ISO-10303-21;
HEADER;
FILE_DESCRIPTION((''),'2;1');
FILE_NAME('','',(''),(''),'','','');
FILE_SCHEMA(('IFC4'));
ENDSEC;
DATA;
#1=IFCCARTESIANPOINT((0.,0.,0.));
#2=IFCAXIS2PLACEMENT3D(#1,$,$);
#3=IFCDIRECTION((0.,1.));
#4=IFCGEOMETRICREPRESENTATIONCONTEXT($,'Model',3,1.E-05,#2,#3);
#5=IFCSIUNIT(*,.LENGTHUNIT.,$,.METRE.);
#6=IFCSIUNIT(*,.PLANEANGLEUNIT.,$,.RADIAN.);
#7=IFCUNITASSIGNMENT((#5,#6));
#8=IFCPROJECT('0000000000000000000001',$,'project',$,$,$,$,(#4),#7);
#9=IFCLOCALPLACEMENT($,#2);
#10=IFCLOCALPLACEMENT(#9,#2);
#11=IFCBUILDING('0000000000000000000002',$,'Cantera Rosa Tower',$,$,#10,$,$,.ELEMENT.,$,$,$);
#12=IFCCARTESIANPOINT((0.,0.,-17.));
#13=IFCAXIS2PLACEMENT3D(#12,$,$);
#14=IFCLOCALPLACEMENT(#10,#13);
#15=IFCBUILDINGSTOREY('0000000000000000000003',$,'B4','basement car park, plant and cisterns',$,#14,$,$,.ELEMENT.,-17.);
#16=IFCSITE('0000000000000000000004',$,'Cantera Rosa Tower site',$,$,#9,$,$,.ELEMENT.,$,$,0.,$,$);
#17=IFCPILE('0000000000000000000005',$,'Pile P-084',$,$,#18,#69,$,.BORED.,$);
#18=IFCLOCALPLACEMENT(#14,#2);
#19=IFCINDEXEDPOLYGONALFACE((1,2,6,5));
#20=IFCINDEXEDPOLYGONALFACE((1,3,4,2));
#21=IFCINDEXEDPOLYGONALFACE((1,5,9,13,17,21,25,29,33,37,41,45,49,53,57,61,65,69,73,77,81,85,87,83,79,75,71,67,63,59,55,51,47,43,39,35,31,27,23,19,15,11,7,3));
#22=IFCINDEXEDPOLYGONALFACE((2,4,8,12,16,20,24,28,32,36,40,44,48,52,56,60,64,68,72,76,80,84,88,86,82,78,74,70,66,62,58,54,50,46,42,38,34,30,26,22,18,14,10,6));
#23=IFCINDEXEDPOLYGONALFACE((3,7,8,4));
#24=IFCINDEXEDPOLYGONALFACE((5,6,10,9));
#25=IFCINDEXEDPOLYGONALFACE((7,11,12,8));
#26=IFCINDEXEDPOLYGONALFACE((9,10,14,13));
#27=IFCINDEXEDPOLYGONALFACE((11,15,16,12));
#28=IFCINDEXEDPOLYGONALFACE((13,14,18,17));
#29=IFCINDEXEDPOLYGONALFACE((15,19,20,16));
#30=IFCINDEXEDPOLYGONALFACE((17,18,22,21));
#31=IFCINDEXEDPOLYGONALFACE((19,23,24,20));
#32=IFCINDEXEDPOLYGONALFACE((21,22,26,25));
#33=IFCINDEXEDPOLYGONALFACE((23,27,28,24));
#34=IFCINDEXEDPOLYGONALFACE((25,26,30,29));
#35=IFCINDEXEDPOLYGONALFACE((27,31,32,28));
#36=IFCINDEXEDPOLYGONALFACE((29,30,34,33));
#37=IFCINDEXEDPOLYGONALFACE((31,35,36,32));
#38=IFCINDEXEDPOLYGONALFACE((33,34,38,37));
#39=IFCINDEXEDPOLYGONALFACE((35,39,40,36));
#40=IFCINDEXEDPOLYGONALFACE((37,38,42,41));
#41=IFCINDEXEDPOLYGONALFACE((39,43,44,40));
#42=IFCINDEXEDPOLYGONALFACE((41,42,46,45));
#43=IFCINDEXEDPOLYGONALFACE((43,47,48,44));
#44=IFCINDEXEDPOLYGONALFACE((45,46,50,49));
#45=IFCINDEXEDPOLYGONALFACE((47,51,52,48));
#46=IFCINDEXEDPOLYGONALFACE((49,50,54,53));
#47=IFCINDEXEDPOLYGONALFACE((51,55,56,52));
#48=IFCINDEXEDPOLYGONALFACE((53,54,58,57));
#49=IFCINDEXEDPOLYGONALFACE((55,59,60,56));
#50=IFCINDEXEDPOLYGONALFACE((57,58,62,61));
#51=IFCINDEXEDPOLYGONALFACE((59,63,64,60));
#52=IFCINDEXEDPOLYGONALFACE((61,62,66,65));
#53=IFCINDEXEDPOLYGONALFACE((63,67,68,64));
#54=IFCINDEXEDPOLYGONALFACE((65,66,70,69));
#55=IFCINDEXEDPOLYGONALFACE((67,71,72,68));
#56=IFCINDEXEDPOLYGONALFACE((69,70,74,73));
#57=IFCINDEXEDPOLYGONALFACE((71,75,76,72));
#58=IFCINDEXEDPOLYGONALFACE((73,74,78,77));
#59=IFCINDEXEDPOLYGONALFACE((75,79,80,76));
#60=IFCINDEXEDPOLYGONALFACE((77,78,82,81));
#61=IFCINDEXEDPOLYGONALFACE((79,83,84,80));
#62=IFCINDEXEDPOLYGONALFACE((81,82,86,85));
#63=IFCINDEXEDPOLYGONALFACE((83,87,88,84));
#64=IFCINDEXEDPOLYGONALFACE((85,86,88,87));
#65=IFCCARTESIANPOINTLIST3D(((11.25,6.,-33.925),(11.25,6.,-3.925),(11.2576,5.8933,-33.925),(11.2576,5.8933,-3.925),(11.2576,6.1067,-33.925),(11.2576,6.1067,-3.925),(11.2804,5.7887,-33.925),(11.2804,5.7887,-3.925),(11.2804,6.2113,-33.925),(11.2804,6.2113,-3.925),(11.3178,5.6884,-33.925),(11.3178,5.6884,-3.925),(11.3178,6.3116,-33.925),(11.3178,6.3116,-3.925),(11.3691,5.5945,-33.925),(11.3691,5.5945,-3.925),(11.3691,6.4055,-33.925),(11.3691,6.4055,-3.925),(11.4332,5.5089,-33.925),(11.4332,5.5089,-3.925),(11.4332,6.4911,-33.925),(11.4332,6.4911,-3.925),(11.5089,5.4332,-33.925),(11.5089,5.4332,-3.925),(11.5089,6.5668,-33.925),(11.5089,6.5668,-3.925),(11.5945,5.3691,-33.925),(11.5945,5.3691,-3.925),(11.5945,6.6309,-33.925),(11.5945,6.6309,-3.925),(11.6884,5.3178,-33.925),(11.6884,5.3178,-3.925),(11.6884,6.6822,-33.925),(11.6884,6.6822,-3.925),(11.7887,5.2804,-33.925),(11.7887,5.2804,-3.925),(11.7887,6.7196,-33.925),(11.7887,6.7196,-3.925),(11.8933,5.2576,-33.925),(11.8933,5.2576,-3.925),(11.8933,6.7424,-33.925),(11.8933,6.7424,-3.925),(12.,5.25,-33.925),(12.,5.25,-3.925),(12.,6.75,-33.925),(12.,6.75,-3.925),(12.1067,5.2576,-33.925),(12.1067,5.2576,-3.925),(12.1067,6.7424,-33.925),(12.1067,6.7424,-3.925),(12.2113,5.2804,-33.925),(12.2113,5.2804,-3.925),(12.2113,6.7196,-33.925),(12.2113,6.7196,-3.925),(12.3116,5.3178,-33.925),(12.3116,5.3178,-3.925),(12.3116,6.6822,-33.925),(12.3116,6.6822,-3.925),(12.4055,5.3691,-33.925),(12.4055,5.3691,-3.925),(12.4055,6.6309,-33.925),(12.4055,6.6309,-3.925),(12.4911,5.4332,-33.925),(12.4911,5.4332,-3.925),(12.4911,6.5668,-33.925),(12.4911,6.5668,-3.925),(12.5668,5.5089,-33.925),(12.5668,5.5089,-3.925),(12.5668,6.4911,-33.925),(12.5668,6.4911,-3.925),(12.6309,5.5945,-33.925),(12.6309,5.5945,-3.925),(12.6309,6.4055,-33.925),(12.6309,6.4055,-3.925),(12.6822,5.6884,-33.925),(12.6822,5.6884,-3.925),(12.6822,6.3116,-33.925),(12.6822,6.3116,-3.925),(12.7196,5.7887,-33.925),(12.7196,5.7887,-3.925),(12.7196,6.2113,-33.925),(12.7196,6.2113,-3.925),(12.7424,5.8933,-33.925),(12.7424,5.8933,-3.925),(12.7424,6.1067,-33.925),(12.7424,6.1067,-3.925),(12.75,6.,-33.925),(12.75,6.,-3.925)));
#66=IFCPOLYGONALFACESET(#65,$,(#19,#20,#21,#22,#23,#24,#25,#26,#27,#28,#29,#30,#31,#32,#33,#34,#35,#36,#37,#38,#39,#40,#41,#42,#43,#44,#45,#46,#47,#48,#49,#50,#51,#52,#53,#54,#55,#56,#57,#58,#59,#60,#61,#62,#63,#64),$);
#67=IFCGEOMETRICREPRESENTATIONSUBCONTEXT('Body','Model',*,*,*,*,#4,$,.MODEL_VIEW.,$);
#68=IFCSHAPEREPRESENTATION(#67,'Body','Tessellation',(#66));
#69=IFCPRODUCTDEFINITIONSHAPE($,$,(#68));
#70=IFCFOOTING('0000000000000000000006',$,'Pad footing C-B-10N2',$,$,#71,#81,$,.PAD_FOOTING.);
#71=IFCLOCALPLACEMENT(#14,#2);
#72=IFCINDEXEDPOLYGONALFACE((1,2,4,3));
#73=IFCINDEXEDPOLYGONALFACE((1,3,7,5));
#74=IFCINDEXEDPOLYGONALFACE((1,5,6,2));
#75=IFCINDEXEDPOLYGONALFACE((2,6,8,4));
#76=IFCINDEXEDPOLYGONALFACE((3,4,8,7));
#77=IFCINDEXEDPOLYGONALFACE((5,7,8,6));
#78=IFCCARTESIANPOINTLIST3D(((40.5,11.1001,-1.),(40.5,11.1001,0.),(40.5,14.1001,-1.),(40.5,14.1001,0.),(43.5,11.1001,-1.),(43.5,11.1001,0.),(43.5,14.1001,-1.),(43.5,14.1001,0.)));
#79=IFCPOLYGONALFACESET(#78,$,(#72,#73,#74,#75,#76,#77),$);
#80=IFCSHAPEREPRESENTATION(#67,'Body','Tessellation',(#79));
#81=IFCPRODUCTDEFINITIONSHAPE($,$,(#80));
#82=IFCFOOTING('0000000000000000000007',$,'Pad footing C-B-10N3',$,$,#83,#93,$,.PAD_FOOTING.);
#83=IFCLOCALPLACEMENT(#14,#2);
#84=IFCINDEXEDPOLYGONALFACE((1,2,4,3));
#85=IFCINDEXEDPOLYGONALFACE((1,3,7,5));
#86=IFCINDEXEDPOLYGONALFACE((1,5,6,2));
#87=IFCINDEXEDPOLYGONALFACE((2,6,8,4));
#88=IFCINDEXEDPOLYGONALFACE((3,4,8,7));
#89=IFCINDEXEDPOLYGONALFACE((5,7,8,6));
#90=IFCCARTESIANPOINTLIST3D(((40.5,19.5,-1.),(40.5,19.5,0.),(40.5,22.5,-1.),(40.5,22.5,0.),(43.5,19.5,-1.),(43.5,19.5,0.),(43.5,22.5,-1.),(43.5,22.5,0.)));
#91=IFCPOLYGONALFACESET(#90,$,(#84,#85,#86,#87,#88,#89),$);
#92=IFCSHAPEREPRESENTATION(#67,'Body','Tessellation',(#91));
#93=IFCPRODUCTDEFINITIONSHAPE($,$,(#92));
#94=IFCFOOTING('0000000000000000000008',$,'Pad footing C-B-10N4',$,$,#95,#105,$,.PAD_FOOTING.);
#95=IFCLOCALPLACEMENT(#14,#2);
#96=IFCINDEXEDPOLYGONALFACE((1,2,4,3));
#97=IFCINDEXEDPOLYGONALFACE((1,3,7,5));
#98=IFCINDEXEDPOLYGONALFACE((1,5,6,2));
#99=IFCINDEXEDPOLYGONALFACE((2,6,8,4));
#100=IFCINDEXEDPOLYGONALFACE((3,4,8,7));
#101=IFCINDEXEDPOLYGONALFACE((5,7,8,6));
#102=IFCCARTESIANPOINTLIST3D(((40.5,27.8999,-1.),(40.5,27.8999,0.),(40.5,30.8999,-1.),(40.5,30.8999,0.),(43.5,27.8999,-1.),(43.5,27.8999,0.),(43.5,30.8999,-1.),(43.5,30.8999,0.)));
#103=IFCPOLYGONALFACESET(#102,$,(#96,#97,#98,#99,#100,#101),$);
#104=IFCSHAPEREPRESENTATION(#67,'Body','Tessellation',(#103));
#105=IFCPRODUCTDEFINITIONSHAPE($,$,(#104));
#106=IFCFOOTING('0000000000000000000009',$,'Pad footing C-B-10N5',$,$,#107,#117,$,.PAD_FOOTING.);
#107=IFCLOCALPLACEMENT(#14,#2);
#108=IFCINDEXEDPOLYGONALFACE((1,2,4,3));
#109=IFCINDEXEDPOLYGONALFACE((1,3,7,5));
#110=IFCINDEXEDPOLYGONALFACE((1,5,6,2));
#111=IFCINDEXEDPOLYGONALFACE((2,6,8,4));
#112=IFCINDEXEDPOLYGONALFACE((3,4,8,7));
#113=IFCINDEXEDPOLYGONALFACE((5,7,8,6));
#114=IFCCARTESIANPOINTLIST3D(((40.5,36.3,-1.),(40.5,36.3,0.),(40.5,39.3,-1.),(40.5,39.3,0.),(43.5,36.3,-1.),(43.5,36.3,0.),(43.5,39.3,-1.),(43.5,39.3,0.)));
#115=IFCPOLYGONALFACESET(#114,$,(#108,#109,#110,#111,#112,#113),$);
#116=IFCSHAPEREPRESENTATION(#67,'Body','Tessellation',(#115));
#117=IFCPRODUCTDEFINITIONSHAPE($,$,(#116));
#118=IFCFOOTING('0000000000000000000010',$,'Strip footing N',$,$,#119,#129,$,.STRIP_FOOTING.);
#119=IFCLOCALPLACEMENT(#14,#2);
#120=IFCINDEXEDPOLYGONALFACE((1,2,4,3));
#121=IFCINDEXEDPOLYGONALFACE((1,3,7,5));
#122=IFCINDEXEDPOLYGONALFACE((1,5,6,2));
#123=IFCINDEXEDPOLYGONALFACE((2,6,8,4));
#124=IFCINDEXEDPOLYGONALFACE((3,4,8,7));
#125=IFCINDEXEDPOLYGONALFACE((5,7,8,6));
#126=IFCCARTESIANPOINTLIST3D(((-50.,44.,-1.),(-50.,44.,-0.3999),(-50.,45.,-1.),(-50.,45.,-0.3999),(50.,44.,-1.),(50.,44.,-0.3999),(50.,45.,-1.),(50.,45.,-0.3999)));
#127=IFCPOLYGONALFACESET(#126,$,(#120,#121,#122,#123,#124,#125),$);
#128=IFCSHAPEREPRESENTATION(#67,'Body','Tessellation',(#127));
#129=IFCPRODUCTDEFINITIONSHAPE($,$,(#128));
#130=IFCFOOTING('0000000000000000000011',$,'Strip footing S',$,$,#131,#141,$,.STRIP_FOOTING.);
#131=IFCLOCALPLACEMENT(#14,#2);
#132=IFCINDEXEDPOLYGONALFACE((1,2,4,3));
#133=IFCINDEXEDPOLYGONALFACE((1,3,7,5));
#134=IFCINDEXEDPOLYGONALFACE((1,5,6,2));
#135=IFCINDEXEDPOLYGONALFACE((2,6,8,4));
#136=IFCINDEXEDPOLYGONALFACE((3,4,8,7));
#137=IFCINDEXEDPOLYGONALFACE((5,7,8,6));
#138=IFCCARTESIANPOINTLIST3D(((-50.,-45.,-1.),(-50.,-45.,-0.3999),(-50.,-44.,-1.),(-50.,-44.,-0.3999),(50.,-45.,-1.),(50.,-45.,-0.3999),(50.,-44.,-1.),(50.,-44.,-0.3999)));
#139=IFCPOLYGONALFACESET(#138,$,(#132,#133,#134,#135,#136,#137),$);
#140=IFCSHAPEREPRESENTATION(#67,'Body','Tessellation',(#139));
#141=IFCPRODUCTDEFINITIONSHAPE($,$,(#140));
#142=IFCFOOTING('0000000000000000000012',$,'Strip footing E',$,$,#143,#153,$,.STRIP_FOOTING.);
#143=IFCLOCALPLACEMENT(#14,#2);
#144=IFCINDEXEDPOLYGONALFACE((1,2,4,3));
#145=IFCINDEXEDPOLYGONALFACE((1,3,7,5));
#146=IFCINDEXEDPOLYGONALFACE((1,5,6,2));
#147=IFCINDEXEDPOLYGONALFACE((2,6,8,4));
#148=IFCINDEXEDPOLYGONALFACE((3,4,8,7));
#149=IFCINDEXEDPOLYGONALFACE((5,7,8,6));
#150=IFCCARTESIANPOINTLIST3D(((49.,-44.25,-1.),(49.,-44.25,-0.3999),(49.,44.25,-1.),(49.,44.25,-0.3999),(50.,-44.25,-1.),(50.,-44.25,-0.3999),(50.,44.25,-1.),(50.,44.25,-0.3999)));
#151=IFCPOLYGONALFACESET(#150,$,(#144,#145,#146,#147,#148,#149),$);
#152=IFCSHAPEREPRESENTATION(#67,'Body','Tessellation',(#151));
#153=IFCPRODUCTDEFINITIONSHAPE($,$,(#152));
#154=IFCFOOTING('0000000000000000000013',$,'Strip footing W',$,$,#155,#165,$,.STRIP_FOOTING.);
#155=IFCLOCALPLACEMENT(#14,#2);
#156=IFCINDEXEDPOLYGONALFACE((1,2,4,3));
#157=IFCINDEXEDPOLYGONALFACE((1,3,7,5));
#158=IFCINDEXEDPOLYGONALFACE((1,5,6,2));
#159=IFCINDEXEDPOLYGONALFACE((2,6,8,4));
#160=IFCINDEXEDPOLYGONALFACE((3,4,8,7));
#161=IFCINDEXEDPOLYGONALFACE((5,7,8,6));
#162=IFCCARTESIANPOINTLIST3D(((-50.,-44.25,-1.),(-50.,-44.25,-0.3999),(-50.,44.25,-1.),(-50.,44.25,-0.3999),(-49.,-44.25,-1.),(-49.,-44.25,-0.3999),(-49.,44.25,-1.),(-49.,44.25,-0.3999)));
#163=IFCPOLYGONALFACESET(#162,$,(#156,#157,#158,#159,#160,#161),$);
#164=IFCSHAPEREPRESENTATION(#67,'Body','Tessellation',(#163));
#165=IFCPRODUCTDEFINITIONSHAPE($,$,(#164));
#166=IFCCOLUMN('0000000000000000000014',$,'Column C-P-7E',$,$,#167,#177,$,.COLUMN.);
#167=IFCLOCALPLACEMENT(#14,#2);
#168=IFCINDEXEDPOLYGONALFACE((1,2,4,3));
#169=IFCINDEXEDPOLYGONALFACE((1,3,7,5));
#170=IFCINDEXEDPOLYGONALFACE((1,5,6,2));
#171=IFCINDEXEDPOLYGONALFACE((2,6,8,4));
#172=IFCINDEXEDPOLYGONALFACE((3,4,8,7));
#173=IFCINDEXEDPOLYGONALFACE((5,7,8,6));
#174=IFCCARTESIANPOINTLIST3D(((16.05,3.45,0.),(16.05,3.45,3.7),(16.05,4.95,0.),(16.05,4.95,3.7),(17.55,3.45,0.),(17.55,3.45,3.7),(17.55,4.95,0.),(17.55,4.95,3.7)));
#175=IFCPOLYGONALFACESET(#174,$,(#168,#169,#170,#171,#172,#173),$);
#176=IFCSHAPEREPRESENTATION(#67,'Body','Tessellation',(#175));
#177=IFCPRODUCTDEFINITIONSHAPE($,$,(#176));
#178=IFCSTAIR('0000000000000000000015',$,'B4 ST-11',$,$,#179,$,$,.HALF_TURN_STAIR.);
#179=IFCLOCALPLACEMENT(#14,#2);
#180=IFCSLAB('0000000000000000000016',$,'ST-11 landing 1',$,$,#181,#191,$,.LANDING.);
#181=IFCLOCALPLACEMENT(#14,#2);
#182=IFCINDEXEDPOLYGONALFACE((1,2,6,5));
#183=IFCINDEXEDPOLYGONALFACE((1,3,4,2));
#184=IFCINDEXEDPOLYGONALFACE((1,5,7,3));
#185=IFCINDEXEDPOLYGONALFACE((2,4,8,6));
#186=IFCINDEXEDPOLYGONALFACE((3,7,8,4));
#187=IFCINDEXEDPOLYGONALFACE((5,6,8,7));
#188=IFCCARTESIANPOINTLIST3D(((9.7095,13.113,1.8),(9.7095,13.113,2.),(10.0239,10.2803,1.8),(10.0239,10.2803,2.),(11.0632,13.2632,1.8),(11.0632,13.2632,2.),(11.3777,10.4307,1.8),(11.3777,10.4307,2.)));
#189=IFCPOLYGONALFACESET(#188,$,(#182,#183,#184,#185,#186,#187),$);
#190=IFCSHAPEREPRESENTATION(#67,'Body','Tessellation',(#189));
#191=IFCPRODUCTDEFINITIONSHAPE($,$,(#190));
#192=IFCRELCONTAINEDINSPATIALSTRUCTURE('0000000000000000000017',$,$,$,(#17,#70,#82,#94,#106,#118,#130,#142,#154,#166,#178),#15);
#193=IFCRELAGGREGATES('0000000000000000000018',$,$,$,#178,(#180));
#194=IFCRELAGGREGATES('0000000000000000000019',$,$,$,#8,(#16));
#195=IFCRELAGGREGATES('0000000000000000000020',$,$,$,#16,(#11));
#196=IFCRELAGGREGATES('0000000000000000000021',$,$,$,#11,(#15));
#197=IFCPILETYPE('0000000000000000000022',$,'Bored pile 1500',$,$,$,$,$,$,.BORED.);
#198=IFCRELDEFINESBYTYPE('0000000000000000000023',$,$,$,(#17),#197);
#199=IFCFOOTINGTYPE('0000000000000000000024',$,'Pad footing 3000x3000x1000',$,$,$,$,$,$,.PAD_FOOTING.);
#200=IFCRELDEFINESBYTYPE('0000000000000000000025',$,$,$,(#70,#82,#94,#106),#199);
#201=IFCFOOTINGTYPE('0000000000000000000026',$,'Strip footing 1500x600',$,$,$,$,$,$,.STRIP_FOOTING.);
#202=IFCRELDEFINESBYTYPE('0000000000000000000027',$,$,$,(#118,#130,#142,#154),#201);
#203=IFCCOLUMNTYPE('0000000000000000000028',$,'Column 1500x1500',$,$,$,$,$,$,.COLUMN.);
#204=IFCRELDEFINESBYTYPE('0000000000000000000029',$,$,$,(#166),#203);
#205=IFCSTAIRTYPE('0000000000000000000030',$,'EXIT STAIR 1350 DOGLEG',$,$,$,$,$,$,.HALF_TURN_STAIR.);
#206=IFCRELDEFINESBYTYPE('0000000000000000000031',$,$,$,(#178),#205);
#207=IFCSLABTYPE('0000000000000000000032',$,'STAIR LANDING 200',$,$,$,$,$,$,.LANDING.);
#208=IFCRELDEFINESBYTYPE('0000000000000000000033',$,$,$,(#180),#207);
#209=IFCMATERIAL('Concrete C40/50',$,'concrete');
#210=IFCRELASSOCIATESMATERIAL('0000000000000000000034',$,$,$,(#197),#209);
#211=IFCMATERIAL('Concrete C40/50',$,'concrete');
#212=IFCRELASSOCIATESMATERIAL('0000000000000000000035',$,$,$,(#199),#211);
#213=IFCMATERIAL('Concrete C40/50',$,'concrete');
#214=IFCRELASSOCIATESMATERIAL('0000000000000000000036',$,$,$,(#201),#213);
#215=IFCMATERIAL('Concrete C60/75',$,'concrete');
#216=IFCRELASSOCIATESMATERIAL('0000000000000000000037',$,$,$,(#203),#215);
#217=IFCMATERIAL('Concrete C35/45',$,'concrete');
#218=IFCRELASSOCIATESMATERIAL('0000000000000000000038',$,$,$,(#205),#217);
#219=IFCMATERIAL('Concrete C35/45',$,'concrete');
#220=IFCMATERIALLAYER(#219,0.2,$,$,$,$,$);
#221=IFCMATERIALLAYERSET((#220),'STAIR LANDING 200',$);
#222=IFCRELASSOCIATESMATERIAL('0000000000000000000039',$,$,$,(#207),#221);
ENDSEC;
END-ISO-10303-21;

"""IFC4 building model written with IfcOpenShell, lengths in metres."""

from ifc_helpers import new_model, si_unit, direction, frame, origin, origin_2d, place, context, subcontext, project, spatial, polyline, rectangle, circle, outline, extrude, material, layer, layer_set, material_profile, profile_set, type_object, element, aggregate, save


model = new_model("IFC4")

# Units and contexts
model_context = context("Model", 3, precision=1e-05, world=origin(), true_north=direction((0.0, 1.0)))
body_context = subcontext(model_context, "Body", "Model", "MODEL_VIEW")
ifc_project = project(units=[si_unit("LENGTHUNIT", "METRE"), si_unit("PLANEANGLEUNIT", "RADIAN")], contexts=[model_context])

# Site, building, storey
site_placement = place(None, origin())
site = spatial("IfcSite", under=ifc_project, at=site_placement, Name="Cantera Rosa Tower site", CompositionType="ELEMENT", RefElevation=0.0)
building_placement = place(site_placement, origin())
building = spatial("IfcBuilding", under=site, at=building_placement, Name="Cantera Rosa Tower", CompositionType="ELEMENT")
storey_placement = place(building_placement, frame((0.0, 0.0, -17.0)))
storey = spatial("IfcBuildingStorey", under=building, at=storey_placement, Name="B4", Description="basement car park, plant and cisterns", CompositionType="ELEMENT", Elevation=-17.0)

# Pile
ifc_material_1 = material(Name="Concrete C40/50", Category="concrete")
ifc_material_profile_1 = material_profile(ifc_material_1, circle(Radius=0.75, at=origin_2d()), Name="Bored pile 1500")
ifc_profile_set_1 = profile_set([ifc_material_profile_1], Name="Concrete C40/50")
pile_type = type_object("IfcPileType", Name="Bored pile 1500", PredefinedType="BORED", material=ifc_profile_set_1)
for number, where, z_axis, x_axis, name in (
    (1, (12.0, 6.0, -3.925), (0.0, 0.0, -1.0), (1.0, 0.0, 0.0), "Pile P-084"),
):
    element("IfcPile", number, at=place(storey_placement, frame(where, z_axis=z_axis, x_axis=x_axis)), inside=storey, type_object=pile_type, Name=name, PredefinedType="BORED", context=body_context, shape_type="SweptSolid", body=[
        extrude(circle(Radius=0.75, at=origin_2d()), origin(), (0.0, 0.0, 1.0), 30.0),
    ])

# Footings
ifc_material_2 = material(Name="Concrete C40/50", Category="concrete")
footing_type_1 = type_object("IfcFootingType", Name="Pad footing 3000x3000x1000", PredefinedType="PAD_FOOTING", material=ifc_material_2)
footing_1_placement = place(storey_placement, frame((0.0, 0.0, -1.0)))
element("IfcFooting", 2, at=footing_1_placement, inside=storey, type_object=footing_type_1, Name="Pad footing C-B-10N2", PredefinedType="PAD_FOOTING", context=body_context, shape_type="SweptSolid", body=[
    extrude(outline(polyline([(43.5, 11.1001), (43.5, 14.1001), (40.5, 14.1001), (40.5, 11.1001), (43.5, 11.1001)])), origin(), (0.0, 0.0, 1.0), 1.0),
])
footing_2_placement = place(storey_placement, frame((0.0, 0.0, -1.0)))
element("IfcFooting", 3, at=footing_2_placement, inside=storey, type_object=footing_type_1, Name="Pad footing C-B-10N3", PredefinedType="PAD_FOOTING", context=body_context, shape_type="SweptSolid", body=[
    extrude(outline(polyline([(43.5, 19.5), (43.5, 22.5), (40.5, 22.5), (40.5, 19.5), (43.5, 19.5)])), origin(), (0.0, 0.0, 1.0), 1.0),
])
footing_3_placement = place(storey_placement, frame((0.0, 0.0, -1.0)))
element("IfcFooting", 4, at=footing_3_placement, inside=storey, type_object=footing_type_1, Name="Pad footing C-B-10N4", PredefinedType="PAD_FOOTING", context=body_context, shape_type="SweptSolid", body=[
    extrude(outline(polyline([(43.5, 27.8999), (43.5, 30.8999), (40.5, 30.8999), (40.5, 27.8999), (43.5, 27.8999)])), origin(), (0.0, 0.0, 1.0), 1.0),
])
footing_4_placement = place(storey_placement, frame((0.0, 0.0, -1.0)))
element("IfcFooting", 5, at=footing_4_placement, inside=storey, type_object=footing_type_1, Name="Pad footing C-B-10N5", PredefinedType="PAD_FOOTING", context=body_context, shape_type="SweptSolid", body=[
    extrude(outline(polyline([(43.5, 36.3), (43.5, 39.3), (40.5, 39.3), (40.5, 36.3), (43.5, 36.3)])), origin(), (0.0, 0.0, 1.0), 1.0),
])
ifc_material_3 = material(Name="Concrete C40/50", Category="concrete")
footing_type_2 = type_object("IfcFootingType", Name="Strip footing 1500x600", PredefinedType="STRIP_FOOTING", material=ifc_material_3)
footing_5_placement = place(storey_placement, frame((0.0, 0.0, -1.0)))
element("IfcFooting", 6, at=footing_5_placement, inside=storey, type_object=footing_type_2, Name="Strip footing N", PredefinedType="STRIP_FOOTING", context=body_context, shape_type="SweptSolid", body=[
    extrude(outline(polyline([(50.0, 44.0), (50.0, 45.0), (-50.0, 45.0), (-50.0, 44.0), (50.0, 44.0)])), origin(), (0.0, 0.0, 1.0), 0.6001),
])
footing_6_placement = place(storey_placement, frame((0.0, 0.0, -1.0)))
element("IfcFooting", 7, at=footing_6_placement, inside=storey, type_object=footing_type_2, Name="Strip footing S", PredefinedType="STRIP_FOOTING", context=body_context, shape_type="SweptSolid", body=[
    extrude(outline(polyline([(50.0, -45.0), (50.0, -44.0), (-50.0, -44.0), (-50.0, -45.0), (50.0, -45.0)])), origin(), (0.0, 0.0, 1.0), 0.6001),
])
footing_7_placement = place(storey_placement, frame((0.0, 0.0, -1.0)))
element("IfcFooting", 8, at=footing_7_placement, inside=storey, type_object=footing_type_2, Name="Strip footing E", PredefinedType="STRIP_FOOTING", context=body_context, shape_type="SweptSolid", body=[
    extrude(outline(polyline([(49.0, -44.25), (50.0, -44.25), (50.0, 44.25), (49.0, 44.25), (49.0, -44.25)])), origin(), (0.0, 0.0, 1.0), 0.6001),
])
footing_8_placement = place(storey_placement, frame((0.0, 0.0, -1.0)))
element("IfcFooting", 9, at=footing_8_placement, inside=storey, type_object=footing_type_2, Name="Strip footing W", PredefinedType="STRIP_FOOTING", context=body_context, shape_type="SweptSolid", body=[
    extrude(outline(polyline([(-49.0, 44.25), (-50.0, 44.25), (-50.0, -44.25), (-49.0, -44.25), (-49.0, 44.25)])), origin(), (0.0, 0.0, 1.0), 0.6001),
])

# Column
ifc_material_4 = material(Name="Concrete C60/75", Category="concrete")
ifc_material_profile_2 = material_profile(ifc_material_4, rectangle(XDim=1.5, YDim=1.5, at=origin_2d()), Name="Column 1500x1500")
ifc_profile_set_2 = profile_set([ifc_material_profile_2], Name="Concrete C60/75")
column_type = type_object("IfcColumnType", Name="Column 1500x1500", PredefinedType="COLUMN", material=ifc_profile_set_2)
column_placement = place(storey_placement, frame((16.8, 4.2, 0.0), z_axis=(0.0, 0.0, 1.0), x_axis=(1.0, 0.0, 0.0)))
element("IfcColumn", 10, at=column_placement, inside=storey, type_object=column_type, Name="Column C-P-7E", PredefinedType="COLUMN", context=body_context, shape_type="SweptSolid", body=[
    extrude(rectangle(XDim=1.5, YDim=1.5, at=origin_2d()), origin(), (0.0, 0.0, 1.0), 3.7),
])

# Stair, slab
ifc_material_5 = material(Name="Concrete C35/45", Category="concrete")
stair_type_1 = type_object("IfcStairType", Name="EXIT STAIR 1350 DOGLEG", PredefinedType="HALF_TURN_STAIR", material=ifc_material_5)
stair_1_placement = place(storey_placement, origin())
stair_1 = element("IfcStair", 11, at=stair_1_placement, inside=storey, type_object=stair_type_1, Name="B4 ST-11", PredefinedType="HALF_TURN_STAIR")
ifc_material_6 = material(Name="Concrete C35/45", Category="concrete")
ifc_layer_1 = layer(ifc_material_6, 0.2)
ifc_layer_set_1 = layer_set([ifc_layer_1], Name="STAIR LANDING 200")
slab_type_1 = type_object("IfcSlabType", Name="STAIR LANDING 200", PredefinedType="LANDING", material=ifc_layer_set_1)
slab_1_placement = place(storey_placement, frame((0.0, 0.0, 1.8)))
slab_1 = element("IfcSlab", 12, at=slab_1_placement, type_object=slab_type_1, Name="ST-11 landing 1", PredefinedType="LANDING", context=body_context, shape_type="SweptSolid", body=[
    extrude(outline(polyline([(11.0632, 13.2632), (9.7095, 13.113), (10.0239, 10.2803), (11.3777, 10.4307), (11.0632, 13.2632)])), origin(), (0.0, 0.0, 1.0), 0.2),
])

aggregate(stair_1, [slab_1])

save(model, "model.ifc")
